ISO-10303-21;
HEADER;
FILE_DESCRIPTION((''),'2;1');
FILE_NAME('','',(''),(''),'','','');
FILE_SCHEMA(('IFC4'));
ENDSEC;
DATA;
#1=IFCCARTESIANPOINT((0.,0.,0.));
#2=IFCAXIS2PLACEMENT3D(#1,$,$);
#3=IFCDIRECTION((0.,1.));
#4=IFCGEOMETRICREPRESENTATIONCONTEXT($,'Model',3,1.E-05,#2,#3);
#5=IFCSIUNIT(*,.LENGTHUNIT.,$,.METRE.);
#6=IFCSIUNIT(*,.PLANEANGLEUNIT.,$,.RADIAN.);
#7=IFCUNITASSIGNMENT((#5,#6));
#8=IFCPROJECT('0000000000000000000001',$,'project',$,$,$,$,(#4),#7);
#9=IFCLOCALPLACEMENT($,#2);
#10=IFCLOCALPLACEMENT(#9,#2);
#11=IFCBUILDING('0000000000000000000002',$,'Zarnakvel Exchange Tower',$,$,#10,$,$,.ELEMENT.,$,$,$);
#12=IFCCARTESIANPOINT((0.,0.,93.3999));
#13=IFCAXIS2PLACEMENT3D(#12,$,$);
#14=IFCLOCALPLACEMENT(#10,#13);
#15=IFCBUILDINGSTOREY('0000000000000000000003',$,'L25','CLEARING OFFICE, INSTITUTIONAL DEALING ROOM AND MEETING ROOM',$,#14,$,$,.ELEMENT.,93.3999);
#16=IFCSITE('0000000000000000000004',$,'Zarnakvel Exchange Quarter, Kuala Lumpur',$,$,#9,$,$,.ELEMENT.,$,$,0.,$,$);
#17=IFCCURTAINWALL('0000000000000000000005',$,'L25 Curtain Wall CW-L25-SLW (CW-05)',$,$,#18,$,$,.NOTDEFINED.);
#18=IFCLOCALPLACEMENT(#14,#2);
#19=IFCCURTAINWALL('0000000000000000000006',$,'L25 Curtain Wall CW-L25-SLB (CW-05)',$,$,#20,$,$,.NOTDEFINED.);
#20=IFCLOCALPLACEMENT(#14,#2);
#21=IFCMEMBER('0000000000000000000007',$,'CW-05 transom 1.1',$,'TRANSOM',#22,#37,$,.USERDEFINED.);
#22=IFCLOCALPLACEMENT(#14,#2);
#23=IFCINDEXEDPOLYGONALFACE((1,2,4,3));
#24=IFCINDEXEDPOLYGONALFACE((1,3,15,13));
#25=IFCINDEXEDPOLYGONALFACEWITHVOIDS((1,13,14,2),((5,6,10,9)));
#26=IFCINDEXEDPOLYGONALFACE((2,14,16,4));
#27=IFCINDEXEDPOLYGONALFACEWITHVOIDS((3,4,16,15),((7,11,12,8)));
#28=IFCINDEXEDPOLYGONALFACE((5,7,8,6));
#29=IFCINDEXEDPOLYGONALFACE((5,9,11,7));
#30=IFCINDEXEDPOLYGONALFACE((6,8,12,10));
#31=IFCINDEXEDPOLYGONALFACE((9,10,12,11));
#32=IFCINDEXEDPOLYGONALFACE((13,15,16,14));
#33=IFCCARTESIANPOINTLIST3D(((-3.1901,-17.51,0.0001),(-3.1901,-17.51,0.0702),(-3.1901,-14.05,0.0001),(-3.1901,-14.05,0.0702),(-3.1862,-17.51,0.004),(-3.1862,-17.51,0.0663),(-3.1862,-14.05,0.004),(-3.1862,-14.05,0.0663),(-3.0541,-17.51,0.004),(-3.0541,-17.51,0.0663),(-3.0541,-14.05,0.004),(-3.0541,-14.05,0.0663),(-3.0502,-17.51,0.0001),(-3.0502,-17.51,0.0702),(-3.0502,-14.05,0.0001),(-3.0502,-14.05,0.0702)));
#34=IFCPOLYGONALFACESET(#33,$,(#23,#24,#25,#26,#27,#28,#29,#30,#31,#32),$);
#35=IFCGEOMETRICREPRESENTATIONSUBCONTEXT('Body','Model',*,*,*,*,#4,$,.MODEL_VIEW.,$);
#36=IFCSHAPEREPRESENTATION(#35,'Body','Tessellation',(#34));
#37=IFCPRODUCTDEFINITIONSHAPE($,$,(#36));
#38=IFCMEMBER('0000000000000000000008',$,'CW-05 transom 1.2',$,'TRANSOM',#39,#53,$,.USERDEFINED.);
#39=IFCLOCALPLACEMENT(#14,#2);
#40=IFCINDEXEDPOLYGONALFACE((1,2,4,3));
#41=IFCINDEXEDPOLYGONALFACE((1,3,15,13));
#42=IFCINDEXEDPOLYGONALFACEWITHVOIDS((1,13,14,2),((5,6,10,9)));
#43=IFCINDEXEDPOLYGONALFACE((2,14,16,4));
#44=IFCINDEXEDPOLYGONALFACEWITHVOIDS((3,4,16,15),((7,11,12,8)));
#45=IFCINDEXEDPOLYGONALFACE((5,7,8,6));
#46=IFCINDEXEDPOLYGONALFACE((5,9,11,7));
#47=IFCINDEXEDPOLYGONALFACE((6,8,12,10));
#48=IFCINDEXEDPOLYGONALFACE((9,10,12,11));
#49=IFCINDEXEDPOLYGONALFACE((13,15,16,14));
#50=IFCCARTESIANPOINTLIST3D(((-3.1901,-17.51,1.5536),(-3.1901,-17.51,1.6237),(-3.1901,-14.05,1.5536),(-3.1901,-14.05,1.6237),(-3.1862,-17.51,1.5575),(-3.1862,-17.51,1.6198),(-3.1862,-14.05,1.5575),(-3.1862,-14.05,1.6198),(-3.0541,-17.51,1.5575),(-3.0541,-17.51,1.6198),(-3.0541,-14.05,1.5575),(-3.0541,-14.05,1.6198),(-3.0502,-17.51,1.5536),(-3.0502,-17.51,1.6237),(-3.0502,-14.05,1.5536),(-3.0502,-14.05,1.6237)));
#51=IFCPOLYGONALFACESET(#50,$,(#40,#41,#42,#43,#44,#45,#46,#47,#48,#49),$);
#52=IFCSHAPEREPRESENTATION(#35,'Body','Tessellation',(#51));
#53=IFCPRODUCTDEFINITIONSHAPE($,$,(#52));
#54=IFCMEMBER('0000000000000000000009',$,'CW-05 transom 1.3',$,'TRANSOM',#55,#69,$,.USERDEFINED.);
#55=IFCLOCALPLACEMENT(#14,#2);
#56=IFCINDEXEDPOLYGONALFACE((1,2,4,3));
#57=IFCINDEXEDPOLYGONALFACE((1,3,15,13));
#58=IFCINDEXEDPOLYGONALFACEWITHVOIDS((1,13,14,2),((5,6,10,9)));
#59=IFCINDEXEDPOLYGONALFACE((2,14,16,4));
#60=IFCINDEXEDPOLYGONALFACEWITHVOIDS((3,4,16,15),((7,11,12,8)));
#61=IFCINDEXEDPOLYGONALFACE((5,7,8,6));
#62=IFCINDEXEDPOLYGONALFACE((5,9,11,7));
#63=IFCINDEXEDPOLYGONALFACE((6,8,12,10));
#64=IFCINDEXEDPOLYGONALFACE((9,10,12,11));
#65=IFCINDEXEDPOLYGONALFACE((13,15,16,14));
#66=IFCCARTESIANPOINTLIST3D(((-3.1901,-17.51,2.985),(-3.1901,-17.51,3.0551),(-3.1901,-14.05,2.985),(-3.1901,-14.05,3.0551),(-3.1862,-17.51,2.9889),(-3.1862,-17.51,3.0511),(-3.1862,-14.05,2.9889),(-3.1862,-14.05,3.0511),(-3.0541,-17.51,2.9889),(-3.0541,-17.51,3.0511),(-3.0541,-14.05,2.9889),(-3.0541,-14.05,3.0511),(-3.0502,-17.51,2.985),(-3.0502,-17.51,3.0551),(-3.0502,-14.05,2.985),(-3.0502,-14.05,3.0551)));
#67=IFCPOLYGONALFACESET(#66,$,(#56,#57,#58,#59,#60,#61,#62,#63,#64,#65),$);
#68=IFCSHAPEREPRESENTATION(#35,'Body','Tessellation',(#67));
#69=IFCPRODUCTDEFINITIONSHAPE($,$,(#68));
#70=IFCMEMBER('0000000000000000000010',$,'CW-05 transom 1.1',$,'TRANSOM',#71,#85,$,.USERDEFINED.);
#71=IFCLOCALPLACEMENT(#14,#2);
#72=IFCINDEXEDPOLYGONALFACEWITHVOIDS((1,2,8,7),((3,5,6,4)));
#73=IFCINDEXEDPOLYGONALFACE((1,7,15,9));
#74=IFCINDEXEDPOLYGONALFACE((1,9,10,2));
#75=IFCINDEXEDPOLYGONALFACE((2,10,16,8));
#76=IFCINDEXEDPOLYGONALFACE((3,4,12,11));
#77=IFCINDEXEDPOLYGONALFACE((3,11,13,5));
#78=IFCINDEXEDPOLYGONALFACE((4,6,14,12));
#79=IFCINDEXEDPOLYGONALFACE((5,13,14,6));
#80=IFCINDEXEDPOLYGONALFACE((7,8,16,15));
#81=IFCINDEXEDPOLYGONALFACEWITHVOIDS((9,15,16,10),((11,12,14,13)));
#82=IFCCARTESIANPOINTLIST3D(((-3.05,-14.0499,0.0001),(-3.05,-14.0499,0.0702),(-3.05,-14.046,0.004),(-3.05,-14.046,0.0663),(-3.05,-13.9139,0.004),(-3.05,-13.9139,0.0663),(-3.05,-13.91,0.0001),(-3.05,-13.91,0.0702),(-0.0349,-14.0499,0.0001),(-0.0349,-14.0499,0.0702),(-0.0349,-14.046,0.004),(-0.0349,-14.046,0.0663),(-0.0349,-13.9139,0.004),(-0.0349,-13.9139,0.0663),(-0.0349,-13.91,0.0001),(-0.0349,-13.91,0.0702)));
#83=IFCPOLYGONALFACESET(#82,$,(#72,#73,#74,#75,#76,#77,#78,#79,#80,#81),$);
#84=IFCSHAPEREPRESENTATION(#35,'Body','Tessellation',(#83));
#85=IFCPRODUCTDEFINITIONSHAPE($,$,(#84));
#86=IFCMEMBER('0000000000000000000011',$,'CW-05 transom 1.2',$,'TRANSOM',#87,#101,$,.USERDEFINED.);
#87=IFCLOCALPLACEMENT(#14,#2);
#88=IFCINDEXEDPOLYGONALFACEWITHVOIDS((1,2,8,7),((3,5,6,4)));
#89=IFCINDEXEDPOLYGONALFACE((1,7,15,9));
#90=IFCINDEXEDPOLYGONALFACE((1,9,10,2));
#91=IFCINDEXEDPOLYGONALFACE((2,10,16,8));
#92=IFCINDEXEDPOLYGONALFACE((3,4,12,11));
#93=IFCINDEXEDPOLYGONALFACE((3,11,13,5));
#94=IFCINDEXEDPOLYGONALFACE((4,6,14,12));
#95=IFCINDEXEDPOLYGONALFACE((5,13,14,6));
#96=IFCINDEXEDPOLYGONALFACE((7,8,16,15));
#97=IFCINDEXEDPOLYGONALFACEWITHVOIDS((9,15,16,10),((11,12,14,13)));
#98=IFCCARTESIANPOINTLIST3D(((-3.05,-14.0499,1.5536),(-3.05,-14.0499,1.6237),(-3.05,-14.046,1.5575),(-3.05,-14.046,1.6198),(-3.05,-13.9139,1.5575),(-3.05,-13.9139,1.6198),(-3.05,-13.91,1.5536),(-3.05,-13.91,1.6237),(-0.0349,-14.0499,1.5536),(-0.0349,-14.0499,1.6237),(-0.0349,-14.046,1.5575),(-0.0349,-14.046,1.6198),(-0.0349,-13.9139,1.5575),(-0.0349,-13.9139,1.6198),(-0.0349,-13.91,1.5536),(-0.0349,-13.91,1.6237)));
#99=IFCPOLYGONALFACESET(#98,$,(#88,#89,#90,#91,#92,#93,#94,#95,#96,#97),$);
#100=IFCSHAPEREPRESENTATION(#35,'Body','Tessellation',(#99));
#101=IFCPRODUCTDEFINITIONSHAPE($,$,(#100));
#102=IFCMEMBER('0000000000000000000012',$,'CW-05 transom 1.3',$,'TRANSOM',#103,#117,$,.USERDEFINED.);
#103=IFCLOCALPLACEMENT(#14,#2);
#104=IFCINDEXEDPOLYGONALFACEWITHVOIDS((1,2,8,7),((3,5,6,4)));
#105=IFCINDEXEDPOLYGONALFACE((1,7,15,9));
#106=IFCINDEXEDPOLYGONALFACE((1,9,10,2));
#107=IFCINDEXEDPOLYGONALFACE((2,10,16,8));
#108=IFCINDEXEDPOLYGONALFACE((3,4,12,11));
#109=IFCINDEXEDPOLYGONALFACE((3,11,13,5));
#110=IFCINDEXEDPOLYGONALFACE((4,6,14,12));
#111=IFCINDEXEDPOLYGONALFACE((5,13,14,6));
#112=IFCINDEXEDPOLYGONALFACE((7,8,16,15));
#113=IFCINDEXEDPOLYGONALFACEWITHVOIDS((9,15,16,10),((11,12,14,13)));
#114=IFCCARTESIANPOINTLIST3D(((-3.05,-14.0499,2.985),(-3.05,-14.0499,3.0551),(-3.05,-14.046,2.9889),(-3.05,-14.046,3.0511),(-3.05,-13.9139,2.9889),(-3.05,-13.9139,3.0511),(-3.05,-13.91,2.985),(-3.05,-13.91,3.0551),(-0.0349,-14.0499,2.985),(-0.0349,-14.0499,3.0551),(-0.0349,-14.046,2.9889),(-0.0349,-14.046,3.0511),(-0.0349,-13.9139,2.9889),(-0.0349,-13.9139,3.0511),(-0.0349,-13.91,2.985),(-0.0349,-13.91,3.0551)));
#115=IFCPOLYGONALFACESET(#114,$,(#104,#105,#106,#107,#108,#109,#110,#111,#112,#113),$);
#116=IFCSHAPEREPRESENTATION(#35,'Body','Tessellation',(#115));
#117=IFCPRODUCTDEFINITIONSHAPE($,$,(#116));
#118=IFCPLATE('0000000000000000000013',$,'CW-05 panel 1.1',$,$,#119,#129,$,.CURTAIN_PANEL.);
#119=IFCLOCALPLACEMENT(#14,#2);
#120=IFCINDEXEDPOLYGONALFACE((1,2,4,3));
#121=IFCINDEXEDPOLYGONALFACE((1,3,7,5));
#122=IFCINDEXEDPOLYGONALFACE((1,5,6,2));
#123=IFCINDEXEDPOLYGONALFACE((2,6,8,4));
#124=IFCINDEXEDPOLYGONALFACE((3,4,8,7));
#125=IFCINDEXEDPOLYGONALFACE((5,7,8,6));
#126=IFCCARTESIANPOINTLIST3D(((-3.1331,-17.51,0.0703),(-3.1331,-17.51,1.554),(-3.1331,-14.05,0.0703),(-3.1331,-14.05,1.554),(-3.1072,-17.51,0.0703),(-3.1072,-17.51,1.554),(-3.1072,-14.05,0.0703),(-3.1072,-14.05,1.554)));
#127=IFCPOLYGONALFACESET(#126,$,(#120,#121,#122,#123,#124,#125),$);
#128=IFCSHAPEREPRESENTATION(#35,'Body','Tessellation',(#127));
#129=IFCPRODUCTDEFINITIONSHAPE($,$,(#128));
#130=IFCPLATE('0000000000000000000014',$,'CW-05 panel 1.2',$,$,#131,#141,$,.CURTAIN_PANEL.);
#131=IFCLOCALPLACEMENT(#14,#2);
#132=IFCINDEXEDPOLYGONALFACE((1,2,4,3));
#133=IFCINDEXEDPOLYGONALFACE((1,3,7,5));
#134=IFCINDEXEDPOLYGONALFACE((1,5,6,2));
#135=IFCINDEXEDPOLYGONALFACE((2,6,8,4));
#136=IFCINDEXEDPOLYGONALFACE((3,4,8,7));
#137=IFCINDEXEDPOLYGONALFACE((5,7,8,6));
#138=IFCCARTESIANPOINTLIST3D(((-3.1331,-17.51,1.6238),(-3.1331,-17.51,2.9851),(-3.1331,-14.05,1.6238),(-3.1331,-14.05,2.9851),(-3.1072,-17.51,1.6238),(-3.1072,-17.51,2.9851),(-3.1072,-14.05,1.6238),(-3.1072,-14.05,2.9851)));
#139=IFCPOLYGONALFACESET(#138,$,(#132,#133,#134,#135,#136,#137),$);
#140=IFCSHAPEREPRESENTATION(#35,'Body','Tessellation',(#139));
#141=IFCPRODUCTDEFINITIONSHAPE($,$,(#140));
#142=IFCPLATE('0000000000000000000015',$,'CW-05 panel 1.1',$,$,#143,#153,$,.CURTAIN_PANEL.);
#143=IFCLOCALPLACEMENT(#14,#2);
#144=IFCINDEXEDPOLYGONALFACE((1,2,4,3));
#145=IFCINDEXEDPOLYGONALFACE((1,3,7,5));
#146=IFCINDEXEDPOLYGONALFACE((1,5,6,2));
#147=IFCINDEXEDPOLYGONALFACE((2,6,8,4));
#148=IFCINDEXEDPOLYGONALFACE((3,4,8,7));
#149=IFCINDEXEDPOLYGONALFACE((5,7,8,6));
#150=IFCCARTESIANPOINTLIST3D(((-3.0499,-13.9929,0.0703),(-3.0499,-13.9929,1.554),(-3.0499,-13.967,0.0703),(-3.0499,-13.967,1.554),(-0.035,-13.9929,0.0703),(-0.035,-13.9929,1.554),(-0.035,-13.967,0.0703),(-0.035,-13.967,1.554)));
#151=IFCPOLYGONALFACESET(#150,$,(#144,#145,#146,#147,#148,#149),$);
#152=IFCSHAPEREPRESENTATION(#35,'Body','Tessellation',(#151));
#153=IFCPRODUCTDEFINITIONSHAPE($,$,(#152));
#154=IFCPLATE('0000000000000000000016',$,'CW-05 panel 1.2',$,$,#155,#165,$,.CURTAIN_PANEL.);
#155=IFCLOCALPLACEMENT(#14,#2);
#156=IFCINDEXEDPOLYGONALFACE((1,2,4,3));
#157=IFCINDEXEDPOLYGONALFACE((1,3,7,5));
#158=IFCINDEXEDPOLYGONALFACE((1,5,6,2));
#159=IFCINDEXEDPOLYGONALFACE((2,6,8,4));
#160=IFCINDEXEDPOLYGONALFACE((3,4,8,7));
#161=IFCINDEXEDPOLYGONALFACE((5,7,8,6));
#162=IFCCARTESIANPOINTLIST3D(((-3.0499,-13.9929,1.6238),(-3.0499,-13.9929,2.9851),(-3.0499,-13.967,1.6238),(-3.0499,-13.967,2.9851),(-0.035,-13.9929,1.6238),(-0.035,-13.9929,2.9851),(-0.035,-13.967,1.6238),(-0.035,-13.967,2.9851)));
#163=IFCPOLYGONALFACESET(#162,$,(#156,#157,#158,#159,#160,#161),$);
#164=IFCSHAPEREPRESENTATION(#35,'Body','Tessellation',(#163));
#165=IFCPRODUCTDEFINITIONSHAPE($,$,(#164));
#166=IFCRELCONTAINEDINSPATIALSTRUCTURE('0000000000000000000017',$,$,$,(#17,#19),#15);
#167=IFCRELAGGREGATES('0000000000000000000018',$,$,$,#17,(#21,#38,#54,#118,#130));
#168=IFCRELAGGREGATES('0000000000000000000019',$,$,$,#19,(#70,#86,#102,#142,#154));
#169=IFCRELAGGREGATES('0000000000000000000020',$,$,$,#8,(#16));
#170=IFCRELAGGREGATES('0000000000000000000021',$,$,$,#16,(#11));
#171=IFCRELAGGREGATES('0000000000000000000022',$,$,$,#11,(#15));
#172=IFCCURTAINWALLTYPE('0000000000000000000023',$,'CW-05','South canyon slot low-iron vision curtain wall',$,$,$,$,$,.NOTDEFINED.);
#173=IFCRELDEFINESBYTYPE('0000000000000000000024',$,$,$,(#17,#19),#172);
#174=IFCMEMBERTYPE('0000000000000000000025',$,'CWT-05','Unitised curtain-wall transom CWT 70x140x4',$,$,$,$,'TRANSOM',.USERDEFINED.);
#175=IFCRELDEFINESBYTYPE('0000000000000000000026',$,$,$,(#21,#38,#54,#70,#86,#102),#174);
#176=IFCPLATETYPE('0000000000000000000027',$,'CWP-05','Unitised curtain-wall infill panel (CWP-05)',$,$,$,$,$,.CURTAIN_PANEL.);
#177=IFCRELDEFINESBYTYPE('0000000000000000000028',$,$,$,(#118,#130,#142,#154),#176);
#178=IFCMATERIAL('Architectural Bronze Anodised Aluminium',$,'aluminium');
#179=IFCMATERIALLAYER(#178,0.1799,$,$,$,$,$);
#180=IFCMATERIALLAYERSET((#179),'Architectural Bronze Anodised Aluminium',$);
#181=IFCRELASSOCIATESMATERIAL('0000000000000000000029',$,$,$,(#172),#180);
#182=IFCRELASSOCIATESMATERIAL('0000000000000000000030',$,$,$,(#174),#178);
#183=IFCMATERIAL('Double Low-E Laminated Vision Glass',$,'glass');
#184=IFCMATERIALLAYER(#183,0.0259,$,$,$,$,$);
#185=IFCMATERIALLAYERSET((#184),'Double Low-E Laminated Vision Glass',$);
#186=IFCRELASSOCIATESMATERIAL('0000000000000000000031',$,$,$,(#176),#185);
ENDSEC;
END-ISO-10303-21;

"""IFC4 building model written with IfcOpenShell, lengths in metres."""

from ifc_helpers import new_model, si_unit, direction, frame, origin, origin_2d, place, context, subcontext, project, spatial, rectangle, hollow_rectangle, extrude, source, transform, mapped, material, layer, layer_set, material_profile, profile_set, type_object, element, aggregate, save


model = new_model("IFC4")

# Units and contexts
model_context = context("Model", 3, precision=1e-05, world=origin(), true_north=direction((0.0, 1.0)))
body_context = subcontext(model_context, "Body", "Model", "MODEL_VIEW")
ifc_project = project(units=[si_unit("LENGTHUNIT", "METRE"), si_unit("PLANEANGLEUNIT", "RADIAN")], contexts=[model_context])

# Site, building, storey
site_placement = place(None, origin())
site = spatial("IfcSite", under=ifc_project, at=site_placement, Name="Zarnakvel Exchange Quarter, Kuala Lumpur", CompositionType="ELEMENT", RefElevation=0.0)
building_placement = place(site_placement, origin())
building = spatial("IfcBuilding", under=site, at=building_placement, Name="Zarnakvel Exchange Tower", CompositionType="ELEMENT")
storey_placement = place(building_placement, frame((0.0, 0.0, 93.3999)))
storey = spatial("IfcBuildingStorey", under=building, at=storey_placement, Name="L25", Description="CLEARING OFFICE, INSTITUTIONAL DEALING ROOM AND MEETING ROOM", CompositionType="ELEMENT", Elevation=93.3999)

# Curtain wall
ifc_material_1 = material(Name="Architectural Bronze Anodised Aluminium", Category="aluminium")
ifc_layer_1 = layer(ifc_material_1, 0.1799)
ifc_layer_set_1 = layer_set([ifc_layer_1], Name="Architectural Bronze Anodised Aluminium")
curtain_wall_type = type_object("IfcCurtainWallType", Name="CW-05", Description="South canyon slot low-iron vision curtain wall", PredefinedType="NOTDEFINED", material=ifc_layer_set_1)
curtain_wall_1_placement = place(storey_placement, origin())
curtain_wall_1 = element("IfcCurtainWall", 1, at=curtain_wall_1_placement, inside=storey, type_object=curtain_wall_type, Name="L25 Curtain Wall CW-L25-SLW (CW-05)", PredefinedType="NOTDEFINED")

# Curtain wall
curtain_wall_2_placement = place(storey_placement, origin())
curtain_wall_2 = element("IfcCurtainWall", 2, at=curtain_wall_2_placement, inside=storey, type_object=curtain_wall_type, Name="L25 Curtain Wall CW-L25-SLB (CW-05)", PredefinedType="NOTDEFINED")

# Members
ifc_material_profile_1 = material_profile(ifc_material_1, hollow_rectangle(XDim=0.1399, YDim=0.0701, WallThickness=0.0039, at=origin_2d()))
ifc_profile_set_1 = profile_set([ifc_material_profile_1], Name="Architectural Bronze Anodised Aluminium")
member_type_1 = type_object("IfcMemberType", Name="CWT-05", Description="Unitised curtain-wall transom CWT 70x140x4", ElementType="TRANSOM", PredefinedType="USERDEFINED", material=ifc_profile_set_1)
shared_shape_1 = source(origin(), body_context, "Body", "SweptSolid", [
    extrude(hollow_rectangle(XDim=0.1399, YDim=0.0701, WallThickness=0.0039, at=origin_2d()), origin(), (0.0, 0.0, 1.0), 3.46),
])
member_1_placement = place(storey_placement, frame((-3.1201, -17.51, 0.0352), z_axis=(0.0, 1.0, 0.0), x_axis=(-1.0, 0.0, 0.0)))
member_1 = element("IfcMember", 3, at=member_1_placement, type_object=member_type_1, Name="CW-05 transom 1.1", ObjectType="TRANSOM", PredefinedType="USERDEFINED", context=body_context, shape_type="MappedRepresentation", body=[
    mapped(shared_shape_1, transform((0.0, 0.0, 0.0), x_axis=(1.0, 0.0, 0.0), y_axis=(0.0, 1.0, 0.0), z_axis=(0.0, 0.0, 1.0), scale=1.0)),
])
member_2_placement = place(storey_placement, frame((-3.1201, -17.51, 1.5886), z_axis=(0.0, 1.0, 0.0), x_axis=(-1.0, 0.0, 0.0)))
member_2 = element("IfcMember", 4, at=member_2_placement, type_object=member_type_1, Name="CW-05 transom 1.2", ObjectType="TRANSOM", PredefinedType="USERDEFINED", context=body_context, shape_type="MappedRepresentation", body=[
    mapped(shared_shape_1, transform((0.0, 0.0, 0.0), x_axis=(1.0, 0.0, 0.0), y_axis=(0.0, 1.0, 0.0), z_axis=(0.0, 0.0, 1.0), scale=1.0)),
])
member_3_placement = place(storey_placement, frame((-3.1201, -17.51, 3.02), z_axis=(0.0, 1.0, 0.0), x_axis=(-1.0, 0.0, 0.0)))
member_3 = element("IfcMember", 5, at=member_3_placement, type_object=member_type_1, Name="CW-05 transom 1.3", ObjectType="TRANSOM", PredefinedType="USERDEFINED", context=body_context, shape_type="MappedRepresentation", body=[
    mapped(shared_shape_1, transform((0.0, 0.0, 0.0), x_axis=(1.0, 0.0, 0.0), y_axis=(0.0, 1.0, 0.0), z_axis=(0.0, 0.0, 1.0), scale=1.0)),
])
shared_shape_2 = source(origin(), body_context, "Body", "SweptSolid", [
    extrude(hollow_rectangle(XDim=0.1399, YDim=0.0701, WallThickness=0.0039, at=origin_2d()), origin(), (0.0, 0.0, 1.0), 3.0151),
])
member_4_placement = place(storey_placement, frame((-3.05, -13.98, 0.0352), z_axis=(1.0, 0.0, 0.0), x_axis=(0.0, 1.0, 0.0)))
member_4 = element("IfcMember", 6, at=member_4_placement, type_object=member_type_1, Name="CW-05 transom 1.1", ObjectType="TRANSOM", PredefinedType="USERDEFINED", context=body_context, shape_type="MappedRepresentation", body=[
    mapped(shared_shape_2, transform((0.0, 0.0, 0.0), x_axis=(1.0, 0.0, 0.0), y_axis=(0.0, 1.0, 0.0), z_axis=(0.0, 0.0, 1.0), scale=1.0)),
])
member_5_placement = place(storey_placement, frame((-3.05, -13.98, 1.5886), z_axis=(1.0, 0.0, 0.0), x_axis=(0.0, 1.0, 0.0)))
member_5 = element("IfcMember", 7, at=member_5_placement, type_object=member_type_1, Name="CW-05 transom 1.2", ObjectType="TRANSOM", PredefinedType="USERDEFINED", context=body_context, shape_type="MappedRepresentation", body=[
    mapped(shared_shape_2, transform((0.0, 0.0, 0.0), x_axis=(1.0, 0.0, 0.0), y_axis=(0.0, 1.0, 0.0), z_axis=(0.0, 0.0, 1.0), scale=1.0)),
])
member_6_placement = place(storey_placement, frame((-3.05, -13.98, 3.02), z_axis=(1.0, 0.0, 0.0), x_axis=(0.0, 1.0, 0.0)))
member_6 = element("IfcMember", 8, at=member_6_placement, type_object=member_type_1, Name="CW-05 transom 1.3", ObjectType="TRANSOM", PredefinedType="USERDEFINED", context=body_context, shape_type="MappedRepresentation", body=[
    mapped(shared_shape_2, transform((0.0, 0.0, 0.0), x_axis=(1.0, 0.0, 0.0), y_axis=(0.0, 1.0, 0.0), z_axis=(0.0, 0.0, 1.0), scale=1.0)),
])

# Plates
ifc_material_2 = material(Name="Double Low-E Laminated Vision Glass", Category="glass")
ifc_layer_2 = layer(ifc_material_2, 0.0259)
ifc_layer_set_2 = layer_set([ifc_layer_2], Name="Double Low-E Laminated Vision Glass")
plate_type = type_object("IfcPlateType", Name="CWP-05", Description="Unitised curtain-wall infill panel (CWP-05)", PredefinedType="CURTAIN_PANEL", material=ifc_layer_set_2)
shared_shape_3 = source(origin(), body_context, "Body", "SweptSolid", [
    extrude(rectangle(XDim=3.46, YDim=0.0259, at=origin_2d()), origin(), (0.0, 0.0, 1.0), 1.4836),
])
plate_1_placement = place(storey_placement, frame((-3.1201, -15.78, 0.0703), z_axis=(0.0, 0.0, 1.0), x_axis=(0.0, 1.0, 0.0)))
plate_1 = element("IfcPlate", 9, at=plate_1_placement, type_object=plate_type, Name="CW-05 panel 1.1", PredefinedType="CURTAIN_PANEL", context=body_context, shape_type="MappedRepresentation", body=[
    mapped(shared_shape_3, transform((0.0, 0.0, 0.0), x_axis=(1.0, 0.0, 0.0), y_axis=(0.0, 1.0, 0.0), z_axis=(0.0, 0.0, 1.0), scale=1.0)),
])
shared_shape_4 = source(origin(), body_context, "Body", "SweptSolid", [
    extrude(rectangle(XDim=3.46, YDim=0.0259, at=origin_2d()), origin(), (0.0, 0.0, 1.0), 1.3613),
])
plate_2_placement = place(storey_placement, frame((-3.1201, -15.78, 1.6238), z_axis=(0.0, 0.0, 1.0), x_axis=(0.0, 1.0, 0.0)))
plate_2 = element("IfcPlate", 10, at=plate_2_placement, type_object=plate_type, Name="CW-05 panel 1.2", PredefinedType="CURTAIN_PANEL", context=body_context, shape_type="MappedRepresentation", body=[
    mapped(shared_shape_4, transform((0.0, 0.0, 0.0), x_axis=(1.0, 0.0, 0.0), y_axis=(0.0, 1.0, 0.0), z_axis=(0.0, 0.0, 1.0), scale=1.0)),
])
aggregate(curtain_wall_1, [member_1, member_2, member_3, plate_1, plate_2])
shared_shape_5 = source(origin(), body_context, "Body", "SweptSolid", [
    extrude(rectangle(XDim=3.0149, YDim=0.0259, at=origin_2d()), origin(), (0.0, 0.0, 1.0), 1.4836),
])
plate_3_placement = place(storey_placement, frame((-1.5425, -13.98, 0.0703), z_axis=(0.0, 0.0, 1.0), x_axis=(1.0, 0.0, 0.0)))
plate_3 = element("IfcPlate", 11, at=plate_3_placement, type_object=plate_type, Name="CW-05 panel 1.1", PredefinedType="CURTAIN_PANEL", context=body_context, shape_type="MappedRepresentation", body=[
    mapped(shared_shape_5, transform((0.0, 0.0, 0.0), x_axis=(1.0, 0.0, 0.0), y_axis=(0.0, 1.0, 0.0), z_axis=(0.0, 0.0, 1.0), scale=1.0)),
])
shared_shape_6 = source(origin(), body_context, "Body", "SweptSolid", [
    extrude(rectangle(XDim=3.0149, YDim=0.0259, at=origin_2d()), origin(), (0.0, 0.0, 1.0), 1.3613),
])
plate_4_placement = place(storey_placement, frame((-1.5425, -13.98, 1.6238), z_axis=(0.0, 0.0, 1.0), x_axis=(1.0, 0.0, 0.0)))
plate_4 = element("IfcPlate", 12, at=plate_4_placement, type_object=plate_type, Name="CW-05 panel 1.2", PredefinedType="CURTAIN_PANEL", context=body_context, shape_type="MappedRepresentation", body=[
    mapped(shared_shape_6, transform((0.0, 0.0, 0.0), x_axis=(1.0, 0.0, 0.0), y_axis=(0.0, 1.0, 0.0), z_axis=(0.0, 0.0, 1.0), scale=1.0)),
])
aggregate(curtain_wall_2, [member_4, member_5, member_6, plate_3, plate_4])

save(model, "model.ifc")
